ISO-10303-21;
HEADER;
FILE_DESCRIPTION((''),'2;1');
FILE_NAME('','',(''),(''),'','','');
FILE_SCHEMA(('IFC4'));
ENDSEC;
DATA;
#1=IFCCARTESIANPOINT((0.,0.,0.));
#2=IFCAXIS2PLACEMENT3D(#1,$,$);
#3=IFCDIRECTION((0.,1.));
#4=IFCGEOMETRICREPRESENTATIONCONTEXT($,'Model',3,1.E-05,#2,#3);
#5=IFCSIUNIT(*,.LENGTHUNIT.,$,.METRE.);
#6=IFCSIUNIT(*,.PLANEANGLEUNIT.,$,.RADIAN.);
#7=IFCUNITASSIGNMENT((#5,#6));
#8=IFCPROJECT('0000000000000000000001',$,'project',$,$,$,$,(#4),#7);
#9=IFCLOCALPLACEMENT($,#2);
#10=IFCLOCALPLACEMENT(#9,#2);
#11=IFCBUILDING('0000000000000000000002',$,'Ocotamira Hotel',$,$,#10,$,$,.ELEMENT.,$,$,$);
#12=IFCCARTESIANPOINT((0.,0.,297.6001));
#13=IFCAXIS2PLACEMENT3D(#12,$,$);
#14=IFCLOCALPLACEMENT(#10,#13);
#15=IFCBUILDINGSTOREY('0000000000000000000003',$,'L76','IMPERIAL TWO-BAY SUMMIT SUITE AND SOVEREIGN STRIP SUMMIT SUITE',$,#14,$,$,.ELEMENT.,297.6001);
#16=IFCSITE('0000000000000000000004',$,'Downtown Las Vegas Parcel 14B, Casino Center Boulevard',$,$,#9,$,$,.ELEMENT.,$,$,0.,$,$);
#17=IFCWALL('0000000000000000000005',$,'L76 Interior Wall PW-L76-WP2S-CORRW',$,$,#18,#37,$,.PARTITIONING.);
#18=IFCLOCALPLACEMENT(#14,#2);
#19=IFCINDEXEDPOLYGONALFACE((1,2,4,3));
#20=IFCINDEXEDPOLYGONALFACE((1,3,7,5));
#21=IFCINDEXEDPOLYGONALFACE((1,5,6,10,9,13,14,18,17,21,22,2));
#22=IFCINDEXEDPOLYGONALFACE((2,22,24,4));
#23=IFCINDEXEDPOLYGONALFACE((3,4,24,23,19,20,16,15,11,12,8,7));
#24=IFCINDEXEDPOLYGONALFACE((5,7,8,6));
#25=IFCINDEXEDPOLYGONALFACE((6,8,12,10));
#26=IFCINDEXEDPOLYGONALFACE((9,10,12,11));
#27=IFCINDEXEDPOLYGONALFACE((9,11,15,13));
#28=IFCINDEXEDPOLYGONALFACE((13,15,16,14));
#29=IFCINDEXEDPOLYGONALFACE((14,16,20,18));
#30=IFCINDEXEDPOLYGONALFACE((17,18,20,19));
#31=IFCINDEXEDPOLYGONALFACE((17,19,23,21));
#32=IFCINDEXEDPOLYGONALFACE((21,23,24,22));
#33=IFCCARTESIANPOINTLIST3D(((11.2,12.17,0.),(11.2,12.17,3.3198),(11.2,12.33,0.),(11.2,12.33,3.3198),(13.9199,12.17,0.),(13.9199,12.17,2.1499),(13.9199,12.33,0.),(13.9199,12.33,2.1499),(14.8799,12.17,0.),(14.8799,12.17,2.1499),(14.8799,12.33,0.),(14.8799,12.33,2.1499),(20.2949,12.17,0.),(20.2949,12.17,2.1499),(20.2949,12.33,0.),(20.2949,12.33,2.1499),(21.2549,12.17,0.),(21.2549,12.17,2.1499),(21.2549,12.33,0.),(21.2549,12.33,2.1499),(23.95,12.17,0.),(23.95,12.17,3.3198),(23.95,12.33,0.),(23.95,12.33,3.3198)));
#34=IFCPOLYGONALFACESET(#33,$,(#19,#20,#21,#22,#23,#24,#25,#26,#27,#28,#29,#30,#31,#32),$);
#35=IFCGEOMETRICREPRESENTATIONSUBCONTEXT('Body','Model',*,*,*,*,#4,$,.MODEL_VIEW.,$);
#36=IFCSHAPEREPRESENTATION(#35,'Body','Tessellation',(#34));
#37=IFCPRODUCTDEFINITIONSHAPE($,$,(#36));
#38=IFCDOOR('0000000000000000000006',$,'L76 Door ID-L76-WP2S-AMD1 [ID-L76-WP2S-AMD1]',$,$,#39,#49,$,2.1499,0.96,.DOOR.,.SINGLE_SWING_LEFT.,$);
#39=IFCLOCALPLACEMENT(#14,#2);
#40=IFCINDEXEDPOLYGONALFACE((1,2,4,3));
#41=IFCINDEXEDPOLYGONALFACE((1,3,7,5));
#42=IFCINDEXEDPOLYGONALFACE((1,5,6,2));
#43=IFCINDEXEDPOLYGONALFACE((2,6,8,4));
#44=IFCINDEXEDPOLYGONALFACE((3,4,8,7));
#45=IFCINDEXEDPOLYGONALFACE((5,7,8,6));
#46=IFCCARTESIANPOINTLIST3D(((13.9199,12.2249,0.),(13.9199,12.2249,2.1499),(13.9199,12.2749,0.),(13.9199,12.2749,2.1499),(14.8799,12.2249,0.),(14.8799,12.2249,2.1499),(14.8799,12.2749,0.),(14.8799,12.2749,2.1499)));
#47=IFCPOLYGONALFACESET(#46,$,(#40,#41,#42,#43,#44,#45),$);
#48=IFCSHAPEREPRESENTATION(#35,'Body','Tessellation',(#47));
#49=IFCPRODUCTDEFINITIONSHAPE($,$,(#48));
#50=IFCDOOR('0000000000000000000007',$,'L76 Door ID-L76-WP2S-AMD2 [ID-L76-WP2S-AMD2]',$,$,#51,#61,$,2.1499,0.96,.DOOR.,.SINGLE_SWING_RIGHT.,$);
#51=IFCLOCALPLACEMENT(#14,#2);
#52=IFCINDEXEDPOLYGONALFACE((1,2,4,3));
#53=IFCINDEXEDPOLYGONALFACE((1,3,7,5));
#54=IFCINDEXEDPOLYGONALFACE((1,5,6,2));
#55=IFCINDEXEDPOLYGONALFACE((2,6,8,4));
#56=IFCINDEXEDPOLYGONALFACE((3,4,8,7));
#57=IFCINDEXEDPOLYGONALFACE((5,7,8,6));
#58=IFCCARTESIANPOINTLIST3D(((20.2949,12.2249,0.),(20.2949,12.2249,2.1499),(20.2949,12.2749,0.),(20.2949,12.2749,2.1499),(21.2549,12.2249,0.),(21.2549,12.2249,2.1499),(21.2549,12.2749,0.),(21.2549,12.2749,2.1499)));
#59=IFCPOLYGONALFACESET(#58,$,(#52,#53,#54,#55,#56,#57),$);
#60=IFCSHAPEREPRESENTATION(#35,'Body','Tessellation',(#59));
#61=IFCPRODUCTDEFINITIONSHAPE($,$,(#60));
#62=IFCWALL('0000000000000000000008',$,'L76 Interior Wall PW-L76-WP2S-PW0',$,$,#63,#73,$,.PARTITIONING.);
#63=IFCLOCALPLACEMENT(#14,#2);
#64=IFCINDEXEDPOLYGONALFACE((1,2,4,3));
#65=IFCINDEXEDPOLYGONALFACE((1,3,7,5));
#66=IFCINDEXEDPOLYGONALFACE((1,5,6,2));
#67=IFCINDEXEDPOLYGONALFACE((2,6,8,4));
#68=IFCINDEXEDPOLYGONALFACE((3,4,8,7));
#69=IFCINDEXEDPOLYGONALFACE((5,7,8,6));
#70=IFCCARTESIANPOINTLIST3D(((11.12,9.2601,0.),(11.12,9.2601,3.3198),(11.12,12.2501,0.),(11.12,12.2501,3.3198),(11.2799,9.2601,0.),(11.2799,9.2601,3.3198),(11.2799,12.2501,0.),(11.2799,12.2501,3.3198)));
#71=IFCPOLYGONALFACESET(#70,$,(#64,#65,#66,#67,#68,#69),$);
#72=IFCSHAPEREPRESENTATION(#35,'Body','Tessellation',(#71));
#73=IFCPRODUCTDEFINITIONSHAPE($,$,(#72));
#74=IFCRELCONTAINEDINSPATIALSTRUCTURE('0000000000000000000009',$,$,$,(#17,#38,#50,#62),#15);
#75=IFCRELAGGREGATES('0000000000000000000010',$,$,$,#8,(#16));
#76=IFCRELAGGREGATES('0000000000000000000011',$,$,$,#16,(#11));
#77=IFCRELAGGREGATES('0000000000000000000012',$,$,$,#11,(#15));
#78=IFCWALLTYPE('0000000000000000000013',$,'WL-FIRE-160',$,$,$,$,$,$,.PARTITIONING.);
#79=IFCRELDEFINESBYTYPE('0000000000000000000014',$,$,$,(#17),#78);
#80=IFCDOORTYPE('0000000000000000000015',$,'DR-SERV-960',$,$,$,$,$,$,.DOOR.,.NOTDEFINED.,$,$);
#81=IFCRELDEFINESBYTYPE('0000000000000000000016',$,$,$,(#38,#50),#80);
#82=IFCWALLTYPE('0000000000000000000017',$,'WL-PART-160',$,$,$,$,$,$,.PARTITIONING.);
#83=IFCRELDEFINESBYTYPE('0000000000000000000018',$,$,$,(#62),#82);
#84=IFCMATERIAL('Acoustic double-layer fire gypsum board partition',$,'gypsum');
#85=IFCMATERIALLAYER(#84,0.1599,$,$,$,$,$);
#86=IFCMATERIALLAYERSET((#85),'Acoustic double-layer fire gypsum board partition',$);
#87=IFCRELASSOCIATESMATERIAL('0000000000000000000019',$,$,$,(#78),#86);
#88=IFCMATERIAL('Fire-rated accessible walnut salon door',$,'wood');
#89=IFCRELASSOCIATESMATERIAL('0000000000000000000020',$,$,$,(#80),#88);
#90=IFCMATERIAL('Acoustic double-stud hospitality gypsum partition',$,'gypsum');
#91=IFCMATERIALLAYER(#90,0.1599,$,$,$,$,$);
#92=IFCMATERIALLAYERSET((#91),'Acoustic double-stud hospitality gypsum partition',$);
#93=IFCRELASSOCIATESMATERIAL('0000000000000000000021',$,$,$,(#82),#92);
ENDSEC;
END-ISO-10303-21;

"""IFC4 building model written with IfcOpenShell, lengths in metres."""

from ifc_helpers import new_model, si_unit, direction, frame, frame_2d, origin, place, context, subcontext, project, spatial, rectangle, extrude, source, transform, mapped, material, layer, layer_set, type_object, element, fill, save


model = new_model("IFC4")

# Units and contexts
model_context = context("Model", 3, precision=1e-05, world=origin(), true_north=direction((0.0, 1.0)))
body_context = subcontext(model_context, "Body", "Model", "MODEL_VIEW")
ifc_project = project(units=[si_unit("LENGTHUNIT", "METRE"), si_unit("PLANEANGLEUNIT", "RADIAN")], contexts=[model_context])

# Site, building, storey
site_placement = place(None, origin())
site = spatial("IfcSite", under=ifc_project, at=site_placement, Name="Downtown Las Vegas Parcel 14B, Casino Center Boulevard", CompositionType="ELEMENT", RefElevation=0.0)
building_placement = place(site_placement, origin())
building = spatial("IfcBuilding", under=site, at=building_placement, Name="Ocotamira Hotel", CompositionType="ELEMENT")
storey_placement = place(building_placement, frame((0.0, 0.0, 297.6001)))
storey = spatial("IfcBuildingStorey", under=building, at=storey_placement, Name="L76", Description="IMPERIAL TWO-BAY SUMMIT SUITE AND SOVEREIGN STRIP SUMMIT SUITE", CompositionType="ELEMENT", Elevation=297.6001)

# Wall, openings, doors
ifc_material_1 = material(Name="Acoustic double-layer fire gypsum board partition", Category="gypsum")
ifc_layer_1 = layer(ifc_material_1, 0.1599)
ifc_layer_set_1 = layer_set([ifc_layer_1], Name="Acoustic double-layer fire gypsum board partition")
wall_type_1 = type_object("IfcWallType", Name="WL-FIRE-160", PredefinedType="PARTITIONING", material=ifc_layer_set_1)
wall_1_placement = place(storey_placement, frame((11.2, 12.25, 0.0), z_axis=(0.0, 0.0, 1.0), x_axis=(1.0, 0.0, 0.0)))
wall_1 = element("IfcWall", 1, at=wall_1_placement, inside=storey, type_object=wall_type_1, Name="L76 Interior Wall PW-L76-WP2S-CORRW", PredefinedType="PARTITIONING", context=body_context, shape_type="SweptSolid", body=[
    extrude(rectangle(XDim=12.75, YDim=0.1599, at=frame_2d((6.375, 0.0))), origin(), (0.0, 0.0, 1.0), 3.3198),
])
opening_1_placement = place(wall_1_placement, frame((2.72, 0.0, 0.0)))
opening_1 = element("IfcOpeningElement", 2, at=opening_1_placement, cuts=wall_1, PredefinedType="OPENING", context=body_context, shape_type="SweptSolid", body=[
    extrude(rectangle(XDim=0.96, YDim=2.1499, at=frame_2d((0.48, 1.075))), frame((0.0, 0.0898, 0.0), z_axis=(0.0, -1.0, 0.0), x_axis=(1.0, 0.0, 0.0)), (0.0, 0.0, 1.0), 0.1799),
])
opening_2_placement = place(wall_1_placement, frame((9.095, 0.0, 0.0)))
opening_2 = element("IfcOpeningElement", 3, at=opening_2_placement, cuts=wall_1, PredefinedType="OPENING", context=body_context, shape_type="SweptSolid", body=[
    extrude(rectangle(XDim=0.96, YDim=2.1499, at=frame_2d((0.48, 1.075))), frame((0.0, 0.0898, 0.0), z_axis=(0.0, -1.0, 0.0), x_axis=(1.0, 0.0, 0.0)), (0.0, 0.0, 1.0), 0.1799),
])
ifc_material_2 = material(Name="Fire-rated accessible walnut salon door", Category="wood")
door_type = type_object("IfcDoorType", Name="DR-SERV-960", OperationType="NOTDEFINED", PredefinedType="DOOR", material=ifc_material_2)
shared_shape_1 = source(origin(), body_context, "Body", "SweptSolid", [
    extrude(rectangle(XDim=0.96, YDim=2.1499, at=frame_2d((0.48, 1.075))), frame((0.0, 0.0249, 0.0), z_axis=(0.0, -1.0, 0.0), x_axis=(1.0, 0.0, 0.0)), (0.0, 0.0, 1.0), 0.05),
])
door_1_placement = place(opening_1_placement, origin())
door_1 = element("IfcDoor", 4, at=door_1_placement, inside=storey, type_object=door_type, Name="L76 Door ID-L76-WP2S-AMD1 [ID-L76-WP2S-AMD1]", OperationType="SINGLE_SWING_LEFT", OverallHeight=2.1499, OverallWidth=0.96, PredefinedType="DOOR", context=body_context, shape_type="MappedRepresentation", body=[
    mapped(shared_shape_1, transform((0.0, 0.0, 0.0), scale=1.0)),
])
fill(opening_1, door_1)
door_2_placement = place(opening_2_placement, origin())
door_2 = element("IfcDoor", 5, at=door_2_placement, inside=storey, type_object=door_type, Name="L76 Door ID-L76-WP2S-AMD2 [ID-L76-WP2S-AMD2]", OperationType="SINGLE_SWING_RIGHT", OverallHeight=2.1499, OverallWidth=0.96, PredefinedType="DOOR", context=body_context, shape_type="MappedRepresentation", body=[
    mapped(shared_shape_1, transform((0.0, 0.0, 0.0), scale=1.0)),
])
fill(opening_2, door_2)

# Wall
ifc_material_3 = material(Name="Acoustic double-stud hospitality gypsum partition", Category="gypsum")
ifc_layer_2 = layer(ifc_material_3, 0.1599)
ifc_layer_set_2 = layer_set([ifc_layer_2], Name="Acoustic double-stud hospitality gypsum partition")
wall_type_2 = type_object("IfcWallType", Name="WL-PART-160", PredefinedType="PARTITIONING", material=ifc_layer_set_2)
wall_2_placement = place(storey_placement, frame((11.2, 9.26, 0.0), z_axis=(0.0, 0.0, 1.0), x_axis=(0.0, 1.0, 0.0)))
element("IfcWall", 6, at=wall_2_placement, inside=storey, type_object=wall_type_2, Name="L76 Interior Wall PW-L76-WP2S-PW0", PredefinedType="PARTITIONING", context=body_context, shape_type="SweptSolid", body=[
    extrude(rectangle(XDim=2.99, YDim=0.1599, at=frame_2d((1.4951, 0.0))), origin(), (0.0, 0.0, 1.0), 3.3198),
])

save(model, "model.ifc")
